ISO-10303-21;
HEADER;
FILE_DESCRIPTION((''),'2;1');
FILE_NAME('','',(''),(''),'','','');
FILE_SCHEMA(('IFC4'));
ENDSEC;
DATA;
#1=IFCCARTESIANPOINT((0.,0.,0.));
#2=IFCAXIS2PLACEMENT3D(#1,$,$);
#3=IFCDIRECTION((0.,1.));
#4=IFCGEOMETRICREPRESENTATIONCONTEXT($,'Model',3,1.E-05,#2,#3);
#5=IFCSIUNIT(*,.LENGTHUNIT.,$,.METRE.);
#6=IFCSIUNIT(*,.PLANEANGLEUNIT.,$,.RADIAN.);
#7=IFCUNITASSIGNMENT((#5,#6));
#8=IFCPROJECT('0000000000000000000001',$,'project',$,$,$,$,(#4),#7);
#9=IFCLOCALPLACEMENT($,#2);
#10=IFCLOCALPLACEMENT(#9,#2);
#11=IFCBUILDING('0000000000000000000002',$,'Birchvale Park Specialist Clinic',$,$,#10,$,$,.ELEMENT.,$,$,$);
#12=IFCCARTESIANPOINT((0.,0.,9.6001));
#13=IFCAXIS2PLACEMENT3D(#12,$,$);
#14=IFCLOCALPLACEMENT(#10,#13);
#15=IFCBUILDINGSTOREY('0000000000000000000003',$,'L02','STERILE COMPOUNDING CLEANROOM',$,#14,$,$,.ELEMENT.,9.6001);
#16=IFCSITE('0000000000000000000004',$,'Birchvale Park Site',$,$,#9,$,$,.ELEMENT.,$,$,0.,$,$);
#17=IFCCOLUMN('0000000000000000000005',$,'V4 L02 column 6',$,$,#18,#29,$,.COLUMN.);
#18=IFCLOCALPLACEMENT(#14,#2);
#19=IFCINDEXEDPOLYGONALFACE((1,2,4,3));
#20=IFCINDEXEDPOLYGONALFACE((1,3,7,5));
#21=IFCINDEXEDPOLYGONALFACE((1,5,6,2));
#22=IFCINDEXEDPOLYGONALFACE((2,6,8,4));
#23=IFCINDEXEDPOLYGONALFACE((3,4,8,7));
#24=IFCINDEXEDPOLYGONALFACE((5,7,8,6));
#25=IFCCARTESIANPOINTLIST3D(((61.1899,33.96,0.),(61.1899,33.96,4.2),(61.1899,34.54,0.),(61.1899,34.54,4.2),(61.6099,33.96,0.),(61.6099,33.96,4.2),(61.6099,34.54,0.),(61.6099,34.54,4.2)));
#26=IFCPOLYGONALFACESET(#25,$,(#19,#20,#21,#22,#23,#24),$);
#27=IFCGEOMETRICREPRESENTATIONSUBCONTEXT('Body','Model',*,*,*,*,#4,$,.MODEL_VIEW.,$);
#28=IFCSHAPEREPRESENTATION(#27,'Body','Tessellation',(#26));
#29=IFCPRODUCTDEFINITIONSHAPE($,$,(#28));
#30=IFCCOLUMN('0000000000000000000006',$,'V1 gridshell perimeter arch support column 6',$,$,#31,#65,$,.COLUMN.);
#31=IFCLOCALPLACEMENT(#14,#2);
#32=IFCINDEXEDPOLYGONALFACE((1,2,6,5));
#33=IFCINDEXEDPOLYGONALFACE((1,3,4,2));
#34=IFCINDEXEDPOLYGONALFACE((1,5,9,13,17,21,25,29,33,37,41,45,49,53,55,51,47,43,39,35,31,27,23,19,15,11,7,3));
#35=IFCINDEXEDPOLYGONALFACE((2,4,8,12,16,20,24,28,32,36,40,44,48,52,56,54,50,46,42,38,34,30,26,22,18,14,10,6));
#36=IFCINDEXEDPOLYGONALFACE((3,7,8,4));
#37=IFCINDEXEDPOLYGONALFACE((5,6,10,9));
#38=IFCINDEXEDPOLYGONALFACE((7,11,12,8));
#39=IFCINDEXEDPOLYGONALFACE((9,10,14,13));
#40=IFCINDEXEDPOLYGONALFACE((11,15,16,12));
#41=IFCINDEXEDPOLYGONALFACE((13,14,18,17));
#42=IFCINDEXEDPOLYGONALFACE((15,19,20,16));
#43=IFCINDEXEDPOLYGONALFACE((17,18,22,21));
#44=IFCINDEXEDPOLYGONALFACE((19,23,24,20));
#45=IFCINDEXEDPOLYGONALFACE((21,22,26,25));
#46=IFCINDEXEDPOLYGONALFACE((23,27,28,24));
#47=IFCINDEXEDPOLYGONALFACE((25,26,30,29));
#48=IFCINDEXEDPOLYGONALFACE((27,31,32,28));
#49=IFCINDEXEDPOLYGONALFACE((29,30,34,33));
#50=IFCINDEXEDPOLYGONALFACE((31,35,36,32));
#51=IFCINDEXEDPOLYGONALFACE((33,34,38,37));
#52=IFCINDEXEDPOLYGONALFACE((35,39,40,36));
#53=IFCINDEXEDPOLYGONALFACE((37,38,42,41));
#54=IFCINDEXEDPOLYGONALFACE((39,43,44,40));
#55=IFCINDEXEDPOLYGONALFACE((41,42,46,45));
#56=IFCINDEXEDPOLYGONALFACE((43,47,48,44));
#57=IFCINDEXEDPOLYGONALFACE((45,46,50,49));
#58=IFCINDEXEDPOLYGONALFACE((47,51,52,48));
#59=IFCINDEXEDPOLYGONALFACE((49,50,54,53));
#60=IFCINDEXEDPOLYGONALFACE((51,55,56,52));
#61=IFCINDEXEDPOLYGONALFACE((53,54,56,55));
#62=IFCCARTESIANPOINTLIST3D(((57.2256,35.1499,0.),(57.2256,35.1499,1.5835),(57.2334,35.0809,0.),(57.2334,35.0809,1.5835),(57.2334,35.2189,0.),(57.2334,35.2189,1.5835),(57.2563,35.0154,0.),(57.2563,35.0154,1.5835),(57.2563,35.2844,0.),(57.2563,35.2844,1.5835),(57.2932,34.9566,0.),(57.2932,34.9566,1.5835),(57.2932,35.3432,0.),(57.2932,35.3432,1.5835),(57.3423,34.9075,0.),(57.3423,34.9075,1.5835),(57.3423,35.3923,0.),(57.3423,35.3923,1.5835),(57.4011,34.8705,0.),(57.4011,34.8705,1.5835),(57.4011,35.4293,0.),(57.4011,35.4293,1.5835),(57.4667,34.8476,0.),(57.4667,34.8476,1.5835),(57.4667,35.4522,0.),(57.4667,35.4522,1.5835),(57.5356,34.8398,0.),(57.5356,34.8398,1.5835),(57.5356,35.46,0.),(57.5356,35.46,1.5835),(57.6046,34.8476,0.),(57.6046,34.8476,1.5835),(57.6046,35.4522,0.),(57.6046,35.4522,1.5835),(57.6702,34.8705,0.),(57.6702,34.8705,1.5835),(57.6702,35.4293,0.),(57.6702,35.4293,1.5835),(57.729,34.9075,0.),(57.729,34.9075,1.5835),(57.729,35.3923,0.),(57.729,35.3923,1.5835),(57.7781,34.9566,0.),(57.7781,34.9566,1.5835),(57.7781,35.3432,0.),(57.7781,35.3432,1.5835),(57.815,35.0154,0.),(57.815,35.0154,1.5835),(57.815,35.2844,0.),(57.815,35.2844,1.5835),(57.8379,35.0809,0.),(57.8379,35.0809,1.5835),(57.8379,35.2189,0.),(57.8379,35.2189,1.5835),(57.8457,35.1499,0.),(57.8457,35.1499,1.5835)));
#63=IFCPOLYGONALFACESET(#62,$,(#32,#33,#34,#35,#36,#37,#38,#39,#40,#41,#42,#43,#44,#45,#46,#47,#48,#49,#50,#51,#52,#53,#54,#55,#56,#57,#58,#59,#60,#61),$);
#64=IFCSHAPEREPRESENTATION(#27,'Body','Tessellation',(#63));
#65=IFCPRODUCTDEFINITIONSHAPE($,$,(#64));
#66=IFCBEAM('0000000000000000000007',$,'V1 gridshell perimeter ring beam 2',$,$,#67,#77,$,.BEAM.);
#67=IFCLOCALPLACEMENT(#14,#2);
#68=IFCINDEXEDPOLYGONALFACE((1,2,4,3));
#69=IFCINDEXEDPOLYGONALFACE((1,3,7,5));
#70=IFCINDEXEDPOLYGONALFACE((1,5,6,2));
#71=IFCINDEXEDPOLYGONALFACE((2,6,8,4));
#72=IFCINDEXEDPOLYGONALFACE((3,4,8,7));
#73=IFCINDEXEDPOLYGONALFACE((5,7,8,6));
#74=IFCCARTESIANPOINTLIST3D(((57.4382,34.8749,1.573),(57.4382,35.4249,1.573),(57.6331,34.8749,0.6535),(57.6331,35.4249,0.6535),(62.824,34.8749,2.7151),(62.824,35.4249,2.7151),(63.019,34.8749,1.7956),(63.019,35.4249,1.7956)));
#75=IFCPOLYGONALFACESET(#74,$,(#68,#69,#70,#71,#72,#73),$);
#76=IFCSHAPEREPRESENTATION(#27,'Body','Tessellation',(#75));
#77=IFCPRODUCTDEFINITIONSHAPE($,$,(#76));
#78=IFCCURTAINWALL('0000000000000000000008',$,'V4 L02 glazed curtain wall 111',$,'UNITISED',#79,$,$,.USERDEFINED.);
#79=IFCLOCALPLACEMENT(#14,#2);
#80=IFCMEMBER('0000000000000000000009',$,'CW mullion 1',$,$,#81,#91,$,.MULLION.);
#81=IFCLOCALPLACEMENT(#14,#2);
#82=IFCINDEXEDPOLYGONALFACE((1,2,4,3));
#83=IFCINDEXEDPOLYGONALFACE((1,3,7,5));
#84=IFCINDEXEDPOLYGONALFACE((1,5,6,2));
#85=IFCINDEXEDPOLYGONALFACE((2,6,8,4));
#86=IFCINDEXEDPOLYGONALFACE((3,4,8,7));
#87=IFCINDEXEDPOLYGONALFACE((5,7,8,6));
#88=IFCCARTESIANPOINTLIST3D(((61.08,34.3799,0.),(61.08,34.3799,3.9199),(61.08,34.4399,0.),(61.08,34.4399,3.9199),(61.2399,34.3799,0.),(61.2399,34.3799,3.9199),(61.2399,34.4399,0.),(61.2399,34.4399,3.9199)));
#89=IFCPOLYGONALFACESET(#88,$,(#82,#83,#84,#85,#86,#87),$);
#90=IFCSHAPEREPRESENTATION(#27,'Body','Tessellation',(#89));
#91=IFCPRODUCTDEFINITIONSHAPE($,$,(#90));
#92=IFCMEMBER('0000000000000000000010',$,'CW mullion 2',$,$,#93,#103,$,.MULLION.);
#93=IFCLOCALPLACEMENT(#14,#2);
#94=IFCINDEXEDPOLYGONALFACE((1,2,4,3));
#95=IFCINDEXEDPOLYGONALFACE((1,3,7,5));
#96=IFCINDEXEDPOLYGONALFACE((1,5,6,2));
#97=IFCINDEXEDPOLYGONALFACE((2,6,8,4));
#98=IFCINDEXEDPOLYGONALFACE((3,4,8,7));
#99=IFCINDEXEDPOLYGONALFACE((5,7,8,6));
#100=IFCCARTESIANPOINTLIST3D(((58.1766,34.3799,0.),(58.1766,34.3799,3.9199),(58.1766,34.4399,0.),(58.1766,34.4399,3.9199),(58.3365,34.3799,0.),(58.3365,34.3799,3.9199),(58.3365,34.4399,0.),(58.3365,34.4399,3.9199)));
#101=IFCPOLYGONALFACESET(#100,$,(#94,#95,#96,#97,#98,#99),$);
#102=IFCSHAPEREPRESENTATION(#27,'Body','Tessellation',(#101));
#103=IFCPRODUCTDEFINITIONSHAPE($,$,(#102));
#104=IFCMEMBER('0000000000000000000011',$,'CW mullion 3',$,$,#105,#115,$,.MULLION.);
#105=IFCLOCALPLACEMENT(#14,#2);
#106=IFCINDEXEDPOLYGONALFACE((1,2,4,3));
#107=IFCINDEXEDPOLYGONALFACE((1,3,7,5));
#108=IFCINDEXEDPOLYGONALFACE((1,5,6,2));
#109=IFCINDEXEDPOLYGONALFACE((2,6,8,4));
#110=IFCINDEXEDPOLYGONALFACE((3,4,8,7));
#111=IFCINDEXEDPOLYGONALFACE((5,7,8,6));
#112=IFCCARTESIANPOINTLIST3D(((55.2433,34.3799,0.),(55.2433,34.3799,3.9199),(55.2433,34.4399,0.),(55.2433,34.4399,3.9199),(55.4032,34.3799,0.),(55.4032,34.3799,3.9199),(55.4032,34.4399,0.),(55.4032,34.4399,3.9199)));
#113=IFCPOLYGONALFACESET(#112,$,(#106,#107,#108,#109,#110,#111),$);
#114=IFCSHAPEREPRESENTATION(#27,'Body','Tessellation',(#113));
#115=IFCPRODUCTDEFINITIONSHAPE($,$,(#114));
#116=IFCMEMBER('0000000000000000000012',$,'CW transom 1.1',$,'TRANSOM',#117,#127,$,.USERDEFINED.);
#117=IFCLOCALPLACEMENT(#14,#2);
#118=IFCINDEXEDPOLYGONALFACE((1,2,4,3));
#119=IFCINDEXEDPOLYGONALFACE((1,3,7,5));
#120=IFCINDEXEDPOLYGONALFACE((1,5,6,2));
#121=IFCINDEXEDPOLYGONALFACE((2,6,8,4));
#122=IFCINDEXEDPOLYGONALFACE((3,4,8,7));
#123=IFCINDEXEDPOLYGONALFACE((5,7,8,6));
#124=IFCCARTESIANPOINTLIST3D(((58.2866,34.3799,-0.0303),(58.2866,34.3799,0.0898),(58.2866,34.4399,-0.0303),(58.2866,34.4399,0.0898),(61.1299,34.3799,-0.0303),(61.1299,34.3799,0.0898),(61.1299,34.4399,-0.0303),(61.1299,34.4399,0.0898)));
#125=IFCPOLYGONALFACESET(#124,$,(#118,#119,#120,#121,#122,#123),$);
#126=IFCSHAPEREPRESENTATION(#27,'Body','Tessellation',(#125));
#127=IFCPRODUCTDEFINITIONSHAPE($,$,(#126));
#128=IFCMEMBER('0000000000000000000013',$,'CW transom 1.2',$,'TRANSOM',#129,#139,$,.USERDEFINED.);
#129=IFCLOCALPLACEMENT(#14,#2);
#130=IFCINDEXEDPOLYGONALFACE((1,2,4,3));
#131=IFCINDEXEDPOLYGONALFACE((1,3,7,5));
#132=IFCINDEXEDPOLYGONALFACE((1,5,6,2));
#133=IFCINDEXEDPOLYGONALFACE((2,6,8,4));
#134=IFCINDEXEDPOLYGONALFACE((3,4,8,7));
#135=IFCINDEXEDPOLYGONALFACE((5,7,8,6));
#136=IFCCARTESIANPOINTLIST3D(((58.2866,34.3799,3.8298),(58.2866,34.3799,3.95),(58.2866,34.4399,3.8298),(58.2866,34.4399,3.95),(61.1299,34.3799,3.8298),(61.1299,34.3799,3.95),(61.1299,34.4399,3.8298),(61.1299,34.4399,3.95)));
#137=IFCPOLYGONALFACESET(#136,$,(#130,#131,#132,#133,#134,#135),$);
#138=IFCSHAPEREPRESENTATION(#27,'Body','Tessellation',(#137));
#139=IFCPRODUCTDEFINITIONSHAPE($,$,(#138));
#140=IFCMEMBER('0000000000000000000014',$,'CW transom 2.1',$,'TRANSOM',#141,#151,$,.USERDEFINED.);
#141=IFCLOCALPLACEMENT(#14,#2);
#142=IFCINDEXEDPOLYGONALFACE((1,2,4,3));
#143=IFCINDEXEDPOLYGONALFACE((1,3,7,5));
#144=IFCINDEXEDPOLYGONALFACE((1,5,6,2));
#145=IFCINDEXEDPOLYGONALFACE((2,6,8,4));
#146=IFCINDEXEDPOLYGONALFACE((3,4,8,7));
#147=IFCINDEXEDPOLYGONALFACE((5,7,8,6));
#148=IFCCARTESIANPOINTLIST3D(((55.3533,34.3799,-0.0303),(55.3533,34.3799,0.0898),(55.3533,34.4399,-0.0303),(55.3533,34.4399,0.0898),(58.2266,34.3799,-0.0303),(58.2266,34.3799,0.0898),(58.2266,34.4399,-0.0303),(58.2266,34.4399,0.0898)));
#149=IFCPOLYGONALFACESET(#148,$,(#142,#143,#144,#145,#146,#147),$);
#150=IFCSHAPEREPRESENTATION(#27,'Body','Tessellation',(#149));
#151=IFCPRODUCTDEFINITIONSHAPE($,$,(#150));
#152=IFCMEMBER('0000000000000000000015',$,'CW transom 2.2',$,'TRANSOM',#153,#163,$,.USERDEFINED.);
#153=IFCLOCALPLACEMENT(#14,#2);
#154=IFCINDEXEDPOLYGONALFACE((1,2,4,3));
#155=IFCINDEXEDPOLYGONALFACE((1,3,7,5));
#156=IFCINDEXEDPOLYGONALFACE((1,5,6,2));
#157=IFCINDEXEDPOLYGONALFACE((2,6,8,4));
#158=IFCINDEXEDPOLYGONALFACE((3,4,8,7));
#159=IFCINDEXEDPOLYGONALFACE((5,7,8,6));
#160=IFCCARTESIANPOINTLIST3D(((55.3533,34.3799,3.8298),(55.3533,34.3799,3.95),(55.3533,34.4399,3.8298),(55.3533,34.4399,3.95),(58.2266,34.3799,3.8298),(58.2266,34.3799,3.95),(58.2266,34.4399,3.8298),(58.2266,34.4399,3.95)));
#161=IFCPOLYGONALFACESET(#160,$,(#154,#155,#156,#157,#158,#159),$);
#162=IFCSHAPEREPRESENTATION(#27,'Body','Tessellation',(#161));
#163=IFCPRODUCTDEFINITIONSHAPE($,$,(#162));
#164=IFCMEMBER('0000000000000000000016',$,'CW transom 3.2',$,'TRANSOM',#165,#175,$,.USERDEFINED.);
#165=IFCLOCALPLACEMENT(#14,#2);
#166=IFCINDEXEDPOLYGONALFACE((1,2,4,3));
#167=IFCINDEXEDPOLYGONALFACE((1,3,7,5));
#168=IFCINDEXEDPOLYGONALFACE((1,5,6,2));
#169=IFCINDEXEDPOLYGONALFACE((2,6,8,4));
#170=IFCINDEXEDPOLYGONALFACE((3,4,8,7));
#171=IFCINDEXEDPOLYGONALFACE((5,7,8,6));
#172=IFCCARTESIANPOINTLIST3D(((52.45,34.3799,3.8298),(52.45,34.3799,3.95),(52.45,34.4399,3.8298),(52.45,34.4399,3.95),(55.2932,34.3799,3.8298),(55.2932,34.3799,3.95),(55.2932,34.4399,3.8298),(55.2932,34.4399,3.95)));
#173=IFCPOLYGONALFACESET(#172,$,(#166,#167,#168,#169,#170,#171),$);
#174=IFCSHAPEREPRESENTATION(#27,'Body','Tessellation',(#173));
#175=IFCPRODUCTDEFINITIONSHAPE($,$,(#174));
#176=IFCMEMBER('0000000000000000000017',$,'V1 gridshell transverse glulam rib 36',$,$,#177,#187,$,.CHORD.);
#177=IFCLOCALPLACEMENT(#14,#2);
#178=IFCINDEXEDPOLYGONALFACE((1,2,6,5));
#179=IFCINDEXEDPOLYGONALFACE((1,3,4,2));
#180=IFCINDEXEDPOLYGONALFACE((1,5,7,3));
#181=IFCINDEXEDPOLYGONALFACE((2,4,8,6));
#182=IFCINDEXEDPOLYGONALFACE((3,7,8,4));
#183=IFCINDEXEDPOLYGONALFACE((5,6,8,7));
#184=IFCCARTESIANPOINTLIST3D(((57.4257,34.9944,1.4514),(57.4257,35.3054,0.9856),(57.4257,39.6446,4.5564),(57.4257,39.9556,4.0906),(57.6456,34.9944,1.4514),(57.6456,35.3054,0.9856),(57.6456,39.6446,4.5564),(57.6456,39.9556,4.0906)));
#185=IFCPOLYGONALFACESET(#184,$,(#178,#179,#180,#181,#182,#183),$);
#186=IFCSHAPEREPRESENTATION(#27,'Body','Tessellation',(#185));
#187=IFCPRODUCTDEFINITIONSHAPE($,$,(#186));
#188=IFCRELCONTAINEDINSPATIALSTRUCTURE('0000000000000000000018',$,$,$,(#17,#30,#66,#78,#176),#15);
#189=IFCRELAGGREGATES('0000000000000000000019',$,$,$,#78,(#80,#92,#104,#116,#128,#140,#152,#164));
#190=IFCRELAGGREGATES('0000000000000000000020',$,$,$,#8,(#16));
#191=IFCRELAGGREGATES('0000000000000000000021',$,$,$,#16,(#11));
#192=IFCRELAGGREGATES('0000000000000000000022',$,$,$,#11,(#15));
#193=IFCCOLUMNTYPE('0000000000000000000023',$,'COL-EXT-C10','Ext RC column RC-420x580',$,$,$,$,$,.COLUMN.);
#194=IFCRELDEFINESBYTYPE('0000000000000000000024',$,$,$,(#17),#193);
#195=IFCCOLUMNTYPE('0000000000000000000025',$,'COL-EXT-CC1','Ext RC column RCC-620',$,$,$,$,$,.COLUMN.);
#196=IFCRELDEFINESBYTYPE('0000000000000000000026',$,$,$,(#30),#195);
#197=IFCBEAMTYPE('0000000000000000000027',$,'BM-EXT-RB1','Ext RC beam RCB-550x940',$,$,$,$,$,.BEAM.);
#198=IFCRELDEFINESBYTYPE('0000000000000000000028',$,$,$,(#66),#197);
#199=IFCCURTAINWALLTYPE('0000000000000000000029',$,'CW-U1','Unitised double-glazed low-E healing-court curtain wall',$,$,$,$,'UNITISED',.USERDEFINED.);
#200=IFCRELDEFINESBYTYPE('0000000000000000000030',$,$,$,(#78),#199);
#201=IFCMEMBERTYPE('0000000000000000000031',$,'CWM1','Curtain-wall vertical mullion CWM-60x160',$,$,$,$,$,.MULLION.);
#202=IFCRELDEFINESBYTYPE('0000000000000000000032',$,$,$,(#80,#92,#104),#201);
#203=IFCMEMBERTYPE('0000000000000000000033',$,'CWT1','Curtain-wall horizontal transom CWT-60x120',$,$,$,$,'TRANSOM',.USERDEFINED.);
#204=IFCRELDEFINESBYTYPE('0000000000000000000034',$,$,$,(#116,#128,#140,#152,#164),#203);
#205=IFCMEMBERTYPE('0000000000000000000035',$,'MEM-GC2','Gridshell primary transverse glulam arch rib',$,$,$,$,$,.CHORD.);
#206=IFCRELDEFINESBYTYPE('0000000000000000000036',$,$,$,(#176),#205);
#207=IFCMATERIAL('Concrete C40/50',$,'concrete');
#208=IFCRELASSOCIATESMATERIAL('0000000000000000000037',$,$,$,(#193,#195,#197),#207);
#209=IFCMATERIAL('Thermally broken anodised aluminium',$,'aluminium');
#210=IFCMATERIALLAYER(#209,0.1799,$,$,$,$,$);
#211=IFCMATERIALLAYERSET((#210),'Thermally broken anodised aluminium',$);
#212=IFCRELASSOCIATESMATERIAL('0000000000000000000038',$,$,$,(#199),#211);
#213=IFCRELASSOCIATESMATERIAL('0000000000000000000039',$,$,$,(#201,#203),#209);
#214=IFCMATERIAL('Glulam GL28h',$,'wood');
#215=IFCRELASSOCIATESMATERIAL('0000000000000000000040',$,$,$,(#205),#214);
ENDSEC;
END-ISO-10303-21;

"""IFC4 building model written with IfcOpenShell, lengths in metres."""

from ifc_helpers import new_model, si_unit, direction, frame, origin, origin_2d, place, context, subcontext, project, spatial, rectangle, circle, extrude, material, layer, layer_set, material_profile, profile_set, type_object, element, aggregate, save


model = new_model("IFC4")

# Units and contexts
model_context = context("Model", 3, precision=1e-05, world=origin(), true_north=direction((0.0, 1.0)))
body_context = subcontext(model_context, "Body", "Model", "MODEL_VIEW")
ifc_project = project(units=[si_unit("LENGTHUNIT", "METRE"), si_unit("PLANEANGLEUNIT", "RADIAN")], contexts=[model_context])

# Site, building, storey
site_placement = place(None, origin())
site = spatial("IfcSite", under=ifc_project, at=site_placement, Name="Birchvale Park Site", CompositionType="ELEMENT", RefElevation=0.0)
building_placement = place(site_placement, origin())
building = spatial("IfcBuilding", under=site, at=building_placement, Name="Birchvale Park Specialist Clinic", CompositionType="ELEMENT")
storey_placement = place(building_placement, frame((0.0, 0.0, 9.6001)))
storey = spatial("IfcBuildingStorey", under=building, at=storey_placement, Name="L02", Description="STERILE COMPOUNDING CLEANROOM", CompositionType="ELEMENT", Elevation=9.6001)

# Columns
ifc_material_1 = material(Name="Concrete C40/50", Category="concrete")
ifc_material_profile_1 = material_profile(ifc_material_1, rectangle(XDim=0.4199, YDim=0.5801, at=origin_2d()), Name="RC-420x580")
ifc_profile_set_1 = profile_set([ifc_material_profile_1], Name="Concrete C40/50")
column_type_1 = type_object("IfcColumnType", Name="COL-EXT-C10", Description="Ext RC column RC-420x580", PredefinedType="COLUMN", material=ifc_profile_set_1)
column_1_placement = place(storey_placement, frame((61.3999, 34.25, 0.0), z_axis=(0.0, 0.0, 1.0), x_axis=(1.0, 0.0, 0.0)))
element("IfcColumn", 1, at=column_1_placement, inside=storey, type_object=column_type_1, Name="V4 L02 column 6", PredefinedType="COLUMN", context=body_context, shape_type="SweptSolid", body=[
    extrude(rectangle(XDim=0.4199, YDim=0.5801, at=origin_2d()), origin(), (0.0, 0.0, 1.0), 4.2),
])
ifc_material_profile_2 = material_profile(ifc_material_1, circle(Radius=0.3101, at=origin_2d()), Name="RCC-620")
ifc_profile_set_2 = profile_set([ifc_material_profile_2], Name="Concrete C40/50")
column_type_2 = type_object("IfcColumnType", Name="COL-EXT-CC1", Description="Ext RC column RCC-620", PredefinedType="COLUMN", material=ifc_profile_set_2)
column_2_placement = place(storey_placement, frame((57.5356, 35.1499, 0.0), z_axis=(0.0, 0.0, 1.0), x_axis=(1.0, 0.0, 0.0)))
element("IfcColumn", 2, at=column_2_placement, inside=storey, type_object=column_type_2, Name="V1 gridshell perimeter arch support column 6", PredefinedType="COLUMN", context=body_context, shape_type="SweptSolid", body=[
    extrude(circle(Radius=0.3101, at=origin_2d()), origin(), (0.0, 0.0, 1.0), 1.5835),
])

# Beam
ifc_material_profile_3 = material_profile(ifc_material_1, rectangle(XDim=0.55, YDim=0.9399, at=origin_2d()), Name="RCB-550x940")
ifc_profile_set_3 = profile_set([ifc_material_profile_3], Name="Concrete C40/50")
beam_type = type_object("IfcBeamType", Name="BM-EXT-RB1", Description="Ext RC beam RCB-550x940", PredefinedType="BEAM", material=ifc_profile_set_3)
beam_placement = place(storey_placement, frame((57.5356, 35.1499, 1.1133), z_axis=(0.978247, 0.0, 0.207445), x_axis=(0.0, 1.0, 0.0)))
element("IfcBeam", 3, at=beam_placement, inside=storey, type_object=beam_type, Name="V1 gridshell perimeter ring beam 2", PredefinedType="BEAM", context=body_context, shape_type="SweptSolid", body=[
    extrude(rectangle(XDim=0.55, YDim=0.9399, at=origin_2d()), origin(), (0.0, 0.0, 1.0), 5.5056),
])

# Curtain wall, members
ifc_material_2 = material(Name="Thermally broken anodised aluminium", Category="aluminium")
ifc_layer_1 = layer(ifc_material_2, 0.1799)
ifc_layer_set_1 = layer_set([ifc_layer_1], Name="Thermally broken anodised aluminium")
curtain_wall_type = type_object("IfcCurtainWallType", Name="CW-U1", Description="Unitised double-glazed low-E healing-court curtain wall", ElementType="UNITISED", PredefinedType="USERDEFINED", material=ifc_layer_set_1)
curtain_wall_placement = place(storey_placement, origin())
curtain_wall = element("IfcCurtainWall", 4, at=curtain_wall_placement, inside=storey, type_object=curtain_wall_type, Name="V4 L02 glazed curtain wall 111", ObjectType="UNITISED", PredefinedType="USERDEFINED")
ifc_material_profile_4 = material_profile(ifc_material_2, rectangle(XDim=0.0601, YDim=0.1599, at=origin_2d()), Name="CWM-60x160")
ifc_profile_set_4 = profile_set([ifc_material_profile_4], Name="Thermally broken anodised aluminium")
member_type_1 = type_object("IfcMemberType", Name="CWM1", Description="Curtain-wall vertical mullion CWM-60x160", PredefinedType="MULLION", material=ifc_profile_set_4)
member_1_placement = place(storey_placement, frame((61.1599, 34.4099, 0.0), z_axis=(0.0, 0.0, 1.0), x_axis=(0.0, -1.0, 0.0)))
member_1 = element("IfcMember", 5, at=member_1_placement, type_object=member_type_1, Name="CW mullion 1", PredefinedType="MULLION", context=body_context, shape_type="SweptSolid", body=[
    extrude(rectangle(XDim=0.0601, YDim=0.1599, at=origin_2d()), origin(), (0.0, 0.0, 1.0), 3.9199),
])
member_2_placement = place(storey_placement, frame((58.2566, 34.4099, 0.0), z_axis=(0.0, 0.0, 1.0), x_axis=(0.0, -1.0, 0.0)))
member_2 = element("IfcMember", 6, at=member_2_placement, type_object=member_type_1, Name="CW mullion 2", PredefinedType="MULLION", context=body_context, shape_type="SweptSolid", body=[
    extrude(rectangle(XDim=0.0601, YDim=0.1599, at=origin_2d()), origin(), (0.0, 0.0, 1.0), 3.9199),
])
member_3_placement = place(storey_placement, frame((55.3232, 34.4099, 0.0), z_axis=(0.0, 0.0, 1.0), x_axis=(0.0, -1.0, 0.0)))
member_3 = element("IfcMember", 7, at=member_3_placement, type_object=member_type_1, Name="CW mullion 3", PredefinedType="MULLION", context=body_context, shape_type="SweptSolid", body=[
    extrude(rectangle(XDim=0.0601, YDim=0.1599, at=origin_2d()), origin(), (0.0, 0.0, 1.0), 3.9199),
])
ifc_material_profile_5 = material_profile(ifc_material_2, rectangle(XDim=0.0601, YDim=0.1201, at=origin_2d()), Name="CWT-60x120")
ifc_profile_set_5 = profile_set([ifc_material_profile_5], Name="Thermally broken anodised aluminium")
member_type_2 = type_object("IfcMemberType", Name="CWT1", Description="Curtain-wall horizontal transom CWT-60x120", ElementType="TRANSOM", PredefinedType="USERDEFINED", material=ifc_profile_set_5)
member_4_placement = place(storey_placement, frame((61.1299, 34.4099, 0.0298), z_axis=(-1.0, 0.0, 0.0), x_axis=(0.0, -1.0, 0.0)))
member_4 = element("IfcMember", 8, at=member_4_placement, type_object=member_type_2, Name="CW transom 1.1", ObjectType="TRANSOM", PredefinedType="USERDEFINED", context=body_context, shape_type="SweptSolid", body=[
    extrude(rectangle(XDim=0.0601, YDim=0.1201, at=origin_2d()), origin(), (0.0, 0.0, 1.0), 2.8433),
])
member_5_placement = place(storey_placement, frame((61.1299, 34.4099, 3.8899), z_axis=(-1.0, 0.0, 0.0), x_axis=(0.0, -1.0, 0.0)))
member_5 = element("IfcMember", 9, at=member_5_placement, type_object=member_type_2, Name="CW transom 1.2", ObjectType="TRANSOM", PredefinedType="USERDEFINED", context=body_context, shape_type="SweptSolid", body=[
    extrude(rectangle(XDim=0.0601, YDim=0.1201, at=origin_2d()), origin(), (0.0, 0.0, 1.0), 2.8433),
])
member_6_placement = place(storey_placement, frame((58.2266, 34.4099, 0.0298), z_axis=(-1.0, 0.0, 0.0), x_axis=(0.0, -1.0, 0.0)))
member_6 = element("IfcMember", 10, at=member_6_placement, type_object=member_type_2, Name="CW transom 2.1", ObjectType="TRANSOM", PredefinedType="USERDEFINED", context=body_context, shape_type="SweptSolid", body=[
    extrude(rectangle(XDim=0.0601, YDim=0.1201, at=origin_2d()), origin(), (0.0, 0.0, 1.0), 2.8733),
])
member_7_placement = place(storey_placement, frame((58.2266, 34.4099, 3.8899), z_axis=(-1.0, 0.0, 0.0), x_axis=(0.0, -1.0, 0.0)))
member_7 = element("IfcMember", 11, at=member_7_placement, type_object=member_type_2, Name="CW transom 2.2", ObjectType="TRANSOM", PredefinedType="USERDEFINED", context=body_context, shape_type="SweptSolid", body=[
    extrude(rectangle(XDim=0.0601, YDim=0.1201, at=origin_2d()), origin(), (0.0, 0.0, 1.0), 2.8733),
])
member_8_placement = place(storey_placement, frame((55.2932, 34.4099, 3.8899), z_axis=(-1.0, 0.0, 0.0), x_axis=(0.0, -1.0, 0.0)))
member_8 = element("IfcMember", 12, at=member_8_placement, type_object=member_type_2, Name="CW transom 3.2", ObjectType="TRANSOM", PredefinedType="USERDEFINED", context=body_context, shape_type="SweptSolid", body=[
    extrude(rectangle(XDim=0.0601, YDim=0.1201, at=origin_2d()), origin(), (0.0, 0.0, 1.0), 2.8433),
])

# Member
ifc_material_3 = material(Name="Glulam GL28h", Category="wood")
ifc_material_profile_6 = material_profile(ifc_material_3, rectangle(XDim=0.22, YDim=0.5601, at=origin_2d()), Name="GL-220x560")
ifc_profile_set_6 = profile_set([ifc_material_profile_6], Name="Glulam GL28h")
member_type_3 = type_object("IfcMemberType", Name="MEM-GC2", Description="Gridshell primary transverse glulam arch rib", PredefinedType="CHORD", material=ifc_profile_set_6)
member_9_placement = place(storey_placement, frame((57.5356, 35.1499, 1.2185), z_axis=(0.0, 0.831647, 0.555305), x_axis=(-1.0, 0.0, 0.0)))
element("IfcMember", 13, at=member_9_placement, inside=storey, type_object=member_type_3, Name="V1 gridshell transverse glulam rib 36", PredefinedType="CHORD", context=body_context, shape_type="SweptSolid", body=[
    extrude(rectangle(XDim=0.22, YDim=0.5601, at=origin_2d()), origin(), (0.0, 0.0, 1.0), 5.5916),
])

aggregate(curtain_wall, [member_1, member_2, member_3, member_4, member_5, member_6, member_7, member_8])

save(model, "model.ifc")
